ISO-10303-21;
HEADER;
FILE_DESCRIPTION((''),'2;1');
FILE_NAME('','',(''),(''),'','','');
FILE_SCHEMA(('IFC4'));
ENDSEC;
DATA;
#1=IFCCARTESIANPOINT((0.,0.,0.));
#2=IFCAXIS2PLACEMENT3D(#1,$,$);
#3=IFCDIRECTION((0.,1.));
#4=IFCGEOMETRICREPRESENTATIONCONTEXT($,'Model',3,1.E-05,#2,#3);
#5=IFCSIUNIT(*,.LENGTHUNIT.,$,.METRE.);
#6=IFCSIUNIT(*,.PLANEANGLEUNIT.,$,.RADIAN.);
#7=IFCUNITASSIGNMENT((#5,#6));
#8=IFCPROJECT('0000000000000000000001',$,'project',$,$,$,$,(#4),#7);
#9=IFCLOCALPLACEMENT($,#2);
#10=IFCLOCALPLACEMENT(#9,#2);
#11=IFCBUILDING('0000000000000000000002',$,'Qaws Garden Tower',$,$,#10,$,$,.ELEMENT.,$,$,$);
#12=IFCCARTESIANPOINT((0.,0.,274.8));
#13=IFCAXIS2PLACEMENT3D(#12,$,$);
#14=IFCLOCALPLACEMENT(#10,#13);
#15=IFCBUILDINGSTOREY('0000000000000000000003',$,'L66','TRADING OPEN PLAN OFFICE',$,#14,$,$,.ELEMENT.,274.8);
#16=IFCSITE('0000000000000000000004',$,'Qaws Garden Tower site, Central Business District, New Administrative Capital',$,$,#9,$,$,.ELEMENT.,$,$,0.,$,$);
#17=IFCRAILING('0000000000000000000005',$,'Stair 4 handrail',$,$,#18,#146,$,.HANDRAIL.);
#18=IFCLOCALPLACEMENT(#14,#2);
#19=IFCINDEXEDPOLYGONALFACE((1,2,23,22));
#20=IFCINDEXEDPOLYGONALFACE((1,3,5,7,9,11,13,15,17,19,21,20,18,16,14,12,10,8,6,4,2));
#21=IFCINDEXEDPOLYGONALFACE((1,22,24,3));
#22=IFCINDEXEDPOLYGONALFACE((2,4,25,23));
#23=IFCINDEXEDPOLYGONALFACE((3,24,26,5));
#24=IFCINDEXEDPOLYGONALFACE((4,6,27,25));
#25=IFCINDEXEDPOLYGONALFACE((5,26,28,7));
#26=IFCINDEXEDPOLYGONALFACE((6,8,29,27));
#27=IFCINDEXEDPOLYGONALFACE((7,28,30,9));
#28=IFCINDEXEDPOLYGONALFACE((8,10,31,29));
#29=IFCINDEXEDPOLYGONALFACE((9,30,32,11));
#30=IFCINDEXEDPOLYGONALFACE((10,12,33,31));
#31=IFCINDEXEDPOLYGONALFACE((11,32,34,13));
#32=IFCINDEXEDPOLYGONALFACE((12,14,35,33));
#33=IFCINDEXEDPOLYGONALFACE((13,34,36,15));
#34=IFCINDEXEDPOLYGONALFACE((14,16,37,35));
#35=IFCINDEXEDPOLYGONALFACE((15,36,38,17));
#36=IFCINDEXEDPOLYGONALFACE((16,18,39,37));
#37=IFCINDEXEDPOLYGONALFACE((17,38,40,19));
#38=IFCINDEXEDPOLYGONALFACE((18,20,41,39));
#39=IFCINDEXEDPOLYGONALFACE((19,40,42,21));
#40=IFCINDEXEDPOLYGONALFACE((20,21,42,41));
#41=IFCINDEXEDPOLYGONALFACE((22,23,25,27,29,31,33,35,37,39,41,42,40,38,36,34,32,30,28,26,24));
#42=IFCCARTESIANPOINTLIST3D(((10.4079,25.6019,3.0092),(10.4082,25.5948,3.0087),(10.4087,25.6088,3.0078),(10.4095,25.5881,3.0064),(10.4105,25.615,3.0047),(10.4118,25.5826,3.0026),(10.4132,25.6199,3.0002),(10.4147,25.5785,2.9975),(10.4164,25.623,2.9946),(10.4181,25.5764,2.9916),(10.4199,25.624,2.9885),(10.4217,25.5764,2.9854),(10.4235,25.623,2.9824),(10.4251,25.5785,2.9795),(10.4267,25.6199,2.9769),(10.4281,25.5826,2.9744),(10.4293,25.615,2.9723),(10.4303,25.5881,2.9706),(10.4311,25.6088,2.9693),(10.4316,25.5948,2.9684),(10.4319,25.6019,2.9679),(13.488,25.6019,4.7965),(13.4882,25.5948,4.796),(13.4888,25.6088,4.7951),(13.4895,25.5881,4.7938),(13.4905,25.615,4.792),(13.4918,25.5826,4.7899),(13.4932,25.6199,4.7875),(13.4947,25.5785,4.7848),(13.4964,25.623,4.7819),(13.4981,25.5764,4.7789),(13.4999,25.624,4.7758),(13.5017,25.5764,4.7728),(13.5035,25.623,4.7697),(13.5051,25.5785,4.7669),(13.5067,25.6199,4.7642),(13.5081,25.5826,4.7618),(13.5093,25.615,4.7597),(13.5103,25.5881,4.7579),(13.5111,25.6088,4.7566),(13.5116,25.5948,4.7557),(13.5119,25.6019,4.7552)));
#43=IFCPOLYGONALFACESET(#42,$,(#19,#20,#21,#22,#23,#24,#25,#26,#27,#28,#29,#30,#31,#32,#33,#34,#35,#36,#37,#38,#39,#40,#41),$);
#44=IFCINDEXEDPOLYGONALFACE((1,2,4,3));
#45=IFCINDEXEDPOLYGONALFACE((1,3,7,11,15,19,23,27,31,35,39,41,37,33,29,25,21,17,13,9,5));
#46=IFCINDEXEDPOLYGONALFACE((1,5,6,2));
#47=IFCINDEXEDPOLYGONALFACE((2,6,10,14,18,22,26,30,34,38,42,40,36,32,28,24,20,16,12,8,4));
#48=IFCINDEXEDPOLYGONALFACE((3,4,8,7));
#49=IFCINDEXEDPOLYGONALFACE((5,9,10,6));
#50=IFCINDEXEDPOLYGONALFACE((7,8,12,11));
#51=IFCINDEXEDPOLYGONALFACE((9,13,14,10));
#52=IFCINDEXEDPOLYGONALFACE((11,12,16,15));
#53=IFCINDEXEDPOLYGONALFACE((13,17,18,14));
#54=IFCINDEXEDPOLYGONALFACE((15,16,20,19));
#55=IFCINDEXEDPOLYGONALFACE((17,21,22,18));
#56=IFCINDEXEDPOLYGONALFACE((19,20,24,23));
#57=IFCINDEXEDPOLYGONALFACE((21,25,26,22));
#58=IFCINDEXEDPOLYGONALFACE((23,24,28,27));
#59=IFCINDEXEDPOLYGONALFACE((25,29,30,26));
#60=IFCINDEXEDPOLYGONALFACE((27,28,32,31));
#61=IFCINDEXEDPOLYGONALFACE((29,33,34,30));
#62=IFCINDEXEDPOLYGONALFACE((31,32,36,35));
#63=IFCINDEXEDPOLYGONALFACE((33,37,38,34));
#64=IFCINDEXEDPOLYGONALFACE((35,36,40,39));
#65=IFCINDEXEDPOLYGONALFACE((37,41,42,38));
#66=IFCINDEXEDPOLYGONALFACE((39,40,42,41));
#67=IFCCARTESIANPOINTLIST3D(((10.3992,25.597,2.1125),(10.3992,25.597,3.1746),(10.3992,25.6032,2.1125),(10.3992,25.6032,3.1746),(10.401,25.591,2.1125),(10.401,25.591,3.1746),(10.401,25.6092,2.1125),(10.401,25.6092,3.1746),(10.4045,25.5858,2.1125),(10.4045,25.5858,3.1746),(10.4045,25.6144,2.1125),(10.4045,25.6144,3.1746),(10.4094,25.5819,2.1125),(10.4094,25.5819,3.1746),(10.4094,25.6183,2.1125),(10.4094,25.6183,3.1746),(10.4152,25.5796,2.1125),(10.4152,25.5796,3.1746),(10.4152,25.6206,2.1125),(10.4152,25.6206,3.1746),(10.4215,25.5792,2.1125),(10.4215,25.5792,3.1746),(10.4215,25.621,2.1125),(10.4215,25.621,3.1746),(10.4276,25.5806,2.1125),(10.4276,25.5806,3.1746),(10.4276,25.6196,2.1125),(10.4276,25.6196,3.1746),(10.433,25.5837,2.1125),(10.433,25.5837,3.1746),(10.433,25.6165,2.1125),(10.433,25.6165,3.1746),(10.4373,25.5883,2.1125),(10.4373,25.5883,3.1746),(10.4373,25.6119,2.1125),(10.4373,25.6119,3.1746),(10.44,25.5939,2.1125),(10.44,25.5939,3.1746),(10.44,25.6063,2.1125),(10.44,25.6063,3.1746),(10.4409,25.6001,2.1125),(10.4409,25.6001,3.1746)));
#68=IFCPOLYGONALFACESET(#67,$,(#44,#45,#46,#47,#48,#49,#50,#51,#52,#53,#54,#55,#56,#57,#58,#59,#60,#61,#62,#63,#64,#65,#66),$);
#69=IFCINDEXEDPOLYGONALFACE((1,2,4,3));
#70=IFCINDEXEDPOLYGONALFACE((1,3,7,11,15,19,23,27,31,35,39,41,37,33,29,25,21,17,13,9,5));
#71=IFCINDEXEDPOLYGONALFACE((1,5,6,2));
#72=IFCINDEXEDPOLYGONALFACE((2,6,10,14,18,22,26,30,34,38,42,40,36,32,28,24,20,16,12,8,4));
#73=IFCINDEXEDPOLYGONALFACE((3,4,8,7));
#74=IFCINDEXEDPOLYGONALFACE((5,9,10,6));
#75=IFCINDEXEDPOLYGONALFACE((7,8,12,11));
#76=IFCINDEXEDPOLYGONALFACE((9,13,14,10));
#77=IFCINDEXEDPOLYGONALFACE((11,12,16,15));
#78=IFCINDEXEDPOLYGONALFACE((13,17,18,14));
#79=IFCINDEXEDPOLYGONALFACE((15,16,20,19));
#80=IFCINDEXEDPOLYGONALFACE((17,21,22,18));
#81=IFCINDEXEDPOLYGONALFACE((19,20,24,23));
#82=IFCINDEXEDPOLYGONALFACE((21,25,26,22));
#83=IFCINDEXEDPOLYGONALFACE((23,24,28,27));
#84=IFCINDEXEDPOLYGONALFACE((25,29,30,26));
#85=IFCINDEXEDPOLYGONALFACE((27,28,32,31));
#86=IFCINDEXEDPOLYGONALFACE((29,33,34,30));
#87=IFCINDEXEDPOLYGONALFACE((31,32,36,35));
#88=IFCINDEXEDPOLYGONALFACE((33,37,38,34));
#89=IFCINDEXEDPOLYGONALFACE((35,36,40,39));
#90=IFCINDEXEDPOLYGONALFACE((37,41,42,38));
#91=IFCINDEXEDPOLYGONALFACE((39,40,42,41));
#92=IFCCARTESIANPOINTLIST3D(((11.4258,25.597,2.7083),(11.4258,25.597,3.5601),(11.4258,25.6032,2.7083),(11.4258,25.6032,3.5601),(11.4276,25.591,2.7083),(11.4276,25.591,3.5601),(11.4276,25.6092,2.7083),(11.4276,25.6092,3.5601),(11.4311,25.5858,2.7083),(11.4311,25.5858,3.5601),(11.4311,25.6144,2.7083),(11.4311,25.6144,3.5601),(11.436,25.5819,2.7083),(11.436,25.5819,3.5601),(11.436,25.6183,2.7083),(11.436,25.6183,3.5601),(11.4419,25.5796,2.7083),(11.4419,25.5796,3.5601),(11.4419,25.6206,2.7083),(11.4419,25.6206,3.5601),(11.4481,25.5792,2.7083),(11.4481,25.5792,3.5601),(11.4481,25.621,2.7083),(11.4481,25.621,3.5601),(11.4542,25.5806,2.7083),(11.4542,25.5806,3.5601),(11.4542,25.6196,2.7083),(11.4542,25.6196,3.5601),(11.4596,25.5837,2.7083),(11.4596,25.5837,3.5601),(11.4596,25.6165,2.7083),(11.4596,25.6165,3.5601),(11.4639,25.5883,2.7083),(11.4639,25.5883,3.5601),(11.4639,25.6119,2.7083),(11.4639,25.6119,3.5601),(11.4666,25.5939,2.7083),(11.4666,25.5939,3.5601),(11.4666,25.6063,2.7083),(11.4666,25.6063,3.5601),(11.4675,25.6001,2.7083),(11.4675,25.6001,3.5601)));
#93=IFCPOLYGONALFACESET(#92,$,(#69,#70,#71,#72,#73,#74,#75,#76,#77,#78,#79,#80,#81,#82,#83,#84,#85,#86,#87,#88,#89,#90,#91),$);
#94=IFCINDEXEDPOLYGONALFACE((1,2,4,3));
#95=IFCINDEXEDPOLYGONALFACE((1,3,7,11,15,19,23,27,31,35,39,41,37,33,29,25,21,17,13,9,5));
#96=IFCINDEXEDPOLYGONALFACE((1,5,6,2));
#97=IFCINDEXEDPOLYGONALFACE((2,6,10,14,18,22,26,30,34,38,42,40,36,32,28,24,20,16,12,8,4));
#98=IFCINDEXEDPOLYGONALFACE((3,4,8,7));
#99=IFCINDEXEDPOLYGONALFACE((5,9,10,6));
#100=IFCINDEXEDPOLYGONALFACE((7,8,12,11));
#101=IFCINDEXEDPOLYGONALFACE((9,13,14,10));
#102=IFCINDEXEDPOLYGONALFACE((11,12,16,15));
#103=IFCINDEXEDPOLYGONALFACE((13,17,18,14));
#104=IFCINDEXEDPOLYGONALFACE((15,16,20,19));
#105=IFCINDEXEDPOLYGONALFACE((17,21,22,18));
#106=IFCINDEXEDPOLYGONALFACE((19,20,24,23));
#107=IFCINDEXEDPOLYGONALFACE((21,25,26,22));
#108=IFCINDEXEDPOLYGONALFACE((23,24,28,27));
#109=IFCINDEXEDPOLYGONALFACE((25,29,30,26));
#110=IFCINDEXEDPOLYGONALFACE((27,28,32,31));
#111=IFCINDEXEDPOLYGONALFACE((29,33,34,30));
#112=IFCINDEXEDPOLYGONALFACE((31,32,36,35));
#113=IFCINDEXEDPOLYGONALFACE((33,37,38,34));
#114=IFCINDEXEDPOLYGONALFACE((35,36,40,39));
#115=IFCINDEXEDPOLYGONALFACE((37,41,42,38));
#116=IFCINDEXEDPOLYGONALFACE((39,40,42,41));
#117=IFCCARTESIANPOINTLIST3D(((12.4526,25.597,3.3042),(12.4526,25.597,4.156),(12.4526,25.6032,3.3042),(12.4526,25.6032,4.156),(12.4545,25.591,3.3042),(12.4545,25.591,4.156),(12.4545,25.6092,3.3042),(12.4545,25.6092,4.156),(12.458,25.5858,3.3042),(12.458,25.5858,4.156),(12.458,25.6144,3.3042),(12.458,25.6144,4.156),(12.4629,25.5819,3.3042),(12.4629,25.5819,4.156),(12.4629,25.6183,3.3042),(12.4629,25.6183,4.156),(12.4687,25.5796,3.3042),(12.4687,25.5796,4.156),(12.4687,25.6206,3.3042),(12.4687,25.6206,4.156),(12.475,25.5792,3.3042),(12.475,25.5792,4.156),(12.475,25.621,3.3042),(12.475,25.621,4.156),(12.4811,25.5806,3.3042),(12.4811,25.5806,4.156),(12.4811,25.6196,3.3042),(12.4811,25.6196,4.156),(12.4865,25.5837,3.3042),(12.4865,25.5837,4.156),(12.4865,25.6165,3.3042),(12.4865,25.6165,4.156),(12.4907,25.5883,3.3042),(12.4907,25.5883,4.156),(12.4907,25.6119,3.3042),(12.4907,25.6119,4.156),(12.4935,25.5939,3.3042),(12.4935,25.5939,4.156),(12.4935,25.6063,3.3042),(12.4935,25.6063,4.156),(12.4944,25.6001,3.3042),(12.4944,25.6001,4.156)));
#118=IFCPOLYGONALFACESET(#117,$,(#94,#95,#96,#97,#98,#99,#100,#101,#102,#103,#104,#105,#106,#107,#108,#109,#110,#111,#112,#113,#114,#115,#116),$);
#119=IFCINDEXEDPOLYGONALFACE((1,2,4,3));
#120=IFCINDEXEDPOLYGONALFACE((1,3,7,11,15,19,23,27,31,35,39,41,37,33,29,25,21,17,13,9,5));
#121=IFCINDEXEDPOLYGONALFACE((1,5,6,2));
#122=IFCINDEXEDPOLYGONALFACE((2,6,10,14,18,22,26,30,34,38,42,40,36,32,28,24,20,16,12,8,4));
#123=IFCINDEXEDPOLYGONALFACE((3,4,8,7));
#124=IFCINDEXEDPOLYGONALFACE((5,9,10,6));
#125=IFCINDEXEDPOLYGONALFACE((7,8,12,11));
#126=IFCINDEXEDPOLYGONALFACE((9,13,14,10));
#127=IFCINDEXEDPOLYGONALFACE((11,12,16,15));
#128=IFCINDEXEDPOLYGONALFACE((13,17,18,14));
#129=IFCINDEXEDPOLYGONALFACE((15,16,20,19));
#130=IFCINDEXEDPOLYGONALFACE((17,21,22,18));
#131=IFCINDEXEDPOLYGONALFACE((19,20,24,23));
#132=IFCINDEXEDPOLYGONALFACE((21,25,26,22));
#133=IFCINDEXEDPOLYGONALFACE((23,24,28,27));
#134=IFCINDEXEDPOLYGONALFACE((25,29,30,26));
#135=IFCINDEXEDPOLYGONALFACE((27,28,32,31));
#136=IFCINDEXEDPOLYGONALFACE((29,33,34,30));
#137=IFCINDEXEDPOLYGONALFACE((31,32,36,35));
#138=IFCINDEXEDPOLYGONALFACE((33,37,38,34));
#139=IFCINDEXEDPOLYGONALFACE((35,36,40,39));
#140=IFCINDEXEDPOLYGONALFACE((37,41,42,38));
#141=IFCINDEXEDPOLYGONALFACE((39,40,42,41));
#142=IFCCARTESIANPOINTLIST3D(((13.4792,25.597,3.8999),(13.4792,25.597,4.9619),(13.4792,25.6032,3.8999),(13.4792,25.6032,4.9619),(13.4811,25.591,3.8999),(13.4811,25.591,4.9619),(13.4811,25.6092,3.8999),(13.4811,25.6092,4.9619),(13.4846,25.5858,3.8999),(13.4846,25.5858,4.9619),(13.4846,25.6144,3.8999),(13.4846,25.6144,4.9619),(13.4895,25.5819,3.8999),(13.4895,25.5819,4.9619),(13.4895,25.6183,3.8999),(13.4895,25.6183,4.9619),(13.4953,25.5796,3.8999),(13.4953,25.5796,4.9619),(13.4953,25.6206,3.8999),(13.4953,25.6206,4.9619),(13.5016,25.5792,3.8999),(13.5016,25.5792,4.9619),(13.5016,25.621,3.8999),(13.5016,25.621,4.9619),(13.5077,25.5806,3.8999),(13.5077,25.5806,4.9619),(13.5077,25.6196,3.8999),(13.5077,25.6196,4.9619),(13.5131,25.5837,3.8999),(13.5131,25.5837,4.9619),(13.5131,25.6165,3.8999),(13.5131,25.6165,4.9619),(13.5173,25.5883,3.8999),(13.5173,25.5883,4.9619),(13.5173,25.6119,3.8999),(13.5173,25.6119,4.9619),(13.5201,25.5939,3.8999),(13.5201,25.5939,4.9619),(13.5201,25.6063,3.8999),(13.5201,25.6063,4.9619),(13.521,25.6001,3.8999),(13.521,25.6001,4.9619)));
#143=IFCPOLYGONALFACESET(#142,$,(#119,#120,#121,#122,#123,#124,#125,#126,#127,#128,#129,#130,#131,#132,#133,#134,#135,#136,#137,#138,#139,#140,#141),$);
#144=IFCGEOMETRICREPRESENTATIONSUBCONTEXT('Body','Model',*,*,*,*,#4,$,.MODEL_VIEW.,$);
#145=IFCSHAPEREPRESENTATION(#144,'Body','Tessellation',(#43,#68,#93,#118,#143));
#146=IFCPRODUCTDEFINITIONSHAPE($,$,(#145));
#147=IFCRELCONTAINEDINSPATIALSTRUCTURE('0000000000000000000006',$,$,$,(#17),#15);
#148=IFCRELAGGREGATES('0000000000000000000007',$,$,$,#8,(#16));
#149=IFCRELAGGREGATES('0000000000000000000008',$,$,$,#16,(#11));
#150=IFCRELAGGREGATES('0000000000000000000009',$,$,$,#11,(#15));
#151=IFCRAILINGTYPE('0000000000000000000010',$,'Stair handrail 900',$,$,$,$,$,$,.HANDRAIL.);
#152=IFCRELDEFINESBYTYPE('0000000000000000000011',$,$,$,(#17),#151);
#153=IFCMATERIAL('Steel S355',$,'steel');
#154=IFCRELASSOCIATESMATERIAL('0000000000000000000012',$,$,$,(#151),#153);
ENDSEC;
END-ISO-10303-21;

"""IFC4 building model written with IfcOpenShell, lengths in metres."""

from ifc_helpers import new_model, si_unit, direction, frame, origin, origin_2d, place, context, subcontext, project, spatial, circle, extrude, material, type_object, element, save


model = new_model("IFC4")

# Units and contexts
model_context = context("Model", 3, precision=1e-05, world=origin(), true_north=direction((0.0, 1.0)))
body_context = subcontext(model_context, "Body", "Model", "MODEL_VIEW")
ifc_project = project(units=[si_unit("LENGTHUNIT", "METRE"), si_unit("PLANEANGLEUNIT", "RADIAN")], contexts=[model_context])

# Site, building, storey
site_placement = place(None, origin())
site = spatial("IfcSite", under=ifc_project, at=site_placement, Name="Qaws Garden Tower site, Central Business District, New Administrative Capital", CompositionType="ELEMENT", RefElevation=0.0)
building_placement = place(site_placement, origin())
building = spatial("IfcBuilding", under=site, at=building_placement, Name="Qaws Garden Tower", CompositionType="ELEMENT")
storey_placement = place(building_placement, frame((0.0, 0.0, 274.8)))
storey = spatial("IfcBuildingStorey", under=building, at=storey_placement, Name="L66", Description="TRADING OPEN PLAN OFFICE", CompositionType="ELEMENT", Elevation=274.8)

# Railing
ifc_material_1 = material(Name="Steel S355", Category="steel")
railing_type = type_object("IfcRailingType", Name="Stair handrail 900", PredefinedType="HANDRAIL", material=ifc_material_1)
railing_1_placement = place(storey_placement, frame((10.4199, 25.6001, 2.1125)))
element("IfcRailing", 1, at=railing_1_placement, inside=storey, type_object=railing_type, Name="Stair 4 handrail", PredefinedType="HANDRAIL", context=body_context, shape_type="SweptSolid", body=[
    extrude(circle(Radius=0.0239, at=origin_2d()), frame((0.0, 0.0, 0.876), z_axis=(0.86492, 0.0, 0.501909), x_axis=(0.0, 1.0, 0.0)), (0.0, 0.0, 1.0), 3.561),
    extrude(circle(Radius=0.021, at=origin_2d()), origin(), (0.0, 0.0, 1.0), 1.062),
    extrude(circle(Radius=0.021, at=origin_2d()), frame((1.0266, 0.0, 0.5957)), (0.0, 0.0, 1.0), 0.8518),
    extrude(circle(Radius=0.021, at=origin_2d()), frame((2.0535, 0.0, 1.1917)), (0.0, 0.0, 1.0), 0.8518),
    extrude(circle(Radius=0.021, at=origin_2d()), frame((3.0801, 0.0, 1.7874)), (0.0, 0.0, 1.0), 1.062),
])

save(model, "model.ifc")
